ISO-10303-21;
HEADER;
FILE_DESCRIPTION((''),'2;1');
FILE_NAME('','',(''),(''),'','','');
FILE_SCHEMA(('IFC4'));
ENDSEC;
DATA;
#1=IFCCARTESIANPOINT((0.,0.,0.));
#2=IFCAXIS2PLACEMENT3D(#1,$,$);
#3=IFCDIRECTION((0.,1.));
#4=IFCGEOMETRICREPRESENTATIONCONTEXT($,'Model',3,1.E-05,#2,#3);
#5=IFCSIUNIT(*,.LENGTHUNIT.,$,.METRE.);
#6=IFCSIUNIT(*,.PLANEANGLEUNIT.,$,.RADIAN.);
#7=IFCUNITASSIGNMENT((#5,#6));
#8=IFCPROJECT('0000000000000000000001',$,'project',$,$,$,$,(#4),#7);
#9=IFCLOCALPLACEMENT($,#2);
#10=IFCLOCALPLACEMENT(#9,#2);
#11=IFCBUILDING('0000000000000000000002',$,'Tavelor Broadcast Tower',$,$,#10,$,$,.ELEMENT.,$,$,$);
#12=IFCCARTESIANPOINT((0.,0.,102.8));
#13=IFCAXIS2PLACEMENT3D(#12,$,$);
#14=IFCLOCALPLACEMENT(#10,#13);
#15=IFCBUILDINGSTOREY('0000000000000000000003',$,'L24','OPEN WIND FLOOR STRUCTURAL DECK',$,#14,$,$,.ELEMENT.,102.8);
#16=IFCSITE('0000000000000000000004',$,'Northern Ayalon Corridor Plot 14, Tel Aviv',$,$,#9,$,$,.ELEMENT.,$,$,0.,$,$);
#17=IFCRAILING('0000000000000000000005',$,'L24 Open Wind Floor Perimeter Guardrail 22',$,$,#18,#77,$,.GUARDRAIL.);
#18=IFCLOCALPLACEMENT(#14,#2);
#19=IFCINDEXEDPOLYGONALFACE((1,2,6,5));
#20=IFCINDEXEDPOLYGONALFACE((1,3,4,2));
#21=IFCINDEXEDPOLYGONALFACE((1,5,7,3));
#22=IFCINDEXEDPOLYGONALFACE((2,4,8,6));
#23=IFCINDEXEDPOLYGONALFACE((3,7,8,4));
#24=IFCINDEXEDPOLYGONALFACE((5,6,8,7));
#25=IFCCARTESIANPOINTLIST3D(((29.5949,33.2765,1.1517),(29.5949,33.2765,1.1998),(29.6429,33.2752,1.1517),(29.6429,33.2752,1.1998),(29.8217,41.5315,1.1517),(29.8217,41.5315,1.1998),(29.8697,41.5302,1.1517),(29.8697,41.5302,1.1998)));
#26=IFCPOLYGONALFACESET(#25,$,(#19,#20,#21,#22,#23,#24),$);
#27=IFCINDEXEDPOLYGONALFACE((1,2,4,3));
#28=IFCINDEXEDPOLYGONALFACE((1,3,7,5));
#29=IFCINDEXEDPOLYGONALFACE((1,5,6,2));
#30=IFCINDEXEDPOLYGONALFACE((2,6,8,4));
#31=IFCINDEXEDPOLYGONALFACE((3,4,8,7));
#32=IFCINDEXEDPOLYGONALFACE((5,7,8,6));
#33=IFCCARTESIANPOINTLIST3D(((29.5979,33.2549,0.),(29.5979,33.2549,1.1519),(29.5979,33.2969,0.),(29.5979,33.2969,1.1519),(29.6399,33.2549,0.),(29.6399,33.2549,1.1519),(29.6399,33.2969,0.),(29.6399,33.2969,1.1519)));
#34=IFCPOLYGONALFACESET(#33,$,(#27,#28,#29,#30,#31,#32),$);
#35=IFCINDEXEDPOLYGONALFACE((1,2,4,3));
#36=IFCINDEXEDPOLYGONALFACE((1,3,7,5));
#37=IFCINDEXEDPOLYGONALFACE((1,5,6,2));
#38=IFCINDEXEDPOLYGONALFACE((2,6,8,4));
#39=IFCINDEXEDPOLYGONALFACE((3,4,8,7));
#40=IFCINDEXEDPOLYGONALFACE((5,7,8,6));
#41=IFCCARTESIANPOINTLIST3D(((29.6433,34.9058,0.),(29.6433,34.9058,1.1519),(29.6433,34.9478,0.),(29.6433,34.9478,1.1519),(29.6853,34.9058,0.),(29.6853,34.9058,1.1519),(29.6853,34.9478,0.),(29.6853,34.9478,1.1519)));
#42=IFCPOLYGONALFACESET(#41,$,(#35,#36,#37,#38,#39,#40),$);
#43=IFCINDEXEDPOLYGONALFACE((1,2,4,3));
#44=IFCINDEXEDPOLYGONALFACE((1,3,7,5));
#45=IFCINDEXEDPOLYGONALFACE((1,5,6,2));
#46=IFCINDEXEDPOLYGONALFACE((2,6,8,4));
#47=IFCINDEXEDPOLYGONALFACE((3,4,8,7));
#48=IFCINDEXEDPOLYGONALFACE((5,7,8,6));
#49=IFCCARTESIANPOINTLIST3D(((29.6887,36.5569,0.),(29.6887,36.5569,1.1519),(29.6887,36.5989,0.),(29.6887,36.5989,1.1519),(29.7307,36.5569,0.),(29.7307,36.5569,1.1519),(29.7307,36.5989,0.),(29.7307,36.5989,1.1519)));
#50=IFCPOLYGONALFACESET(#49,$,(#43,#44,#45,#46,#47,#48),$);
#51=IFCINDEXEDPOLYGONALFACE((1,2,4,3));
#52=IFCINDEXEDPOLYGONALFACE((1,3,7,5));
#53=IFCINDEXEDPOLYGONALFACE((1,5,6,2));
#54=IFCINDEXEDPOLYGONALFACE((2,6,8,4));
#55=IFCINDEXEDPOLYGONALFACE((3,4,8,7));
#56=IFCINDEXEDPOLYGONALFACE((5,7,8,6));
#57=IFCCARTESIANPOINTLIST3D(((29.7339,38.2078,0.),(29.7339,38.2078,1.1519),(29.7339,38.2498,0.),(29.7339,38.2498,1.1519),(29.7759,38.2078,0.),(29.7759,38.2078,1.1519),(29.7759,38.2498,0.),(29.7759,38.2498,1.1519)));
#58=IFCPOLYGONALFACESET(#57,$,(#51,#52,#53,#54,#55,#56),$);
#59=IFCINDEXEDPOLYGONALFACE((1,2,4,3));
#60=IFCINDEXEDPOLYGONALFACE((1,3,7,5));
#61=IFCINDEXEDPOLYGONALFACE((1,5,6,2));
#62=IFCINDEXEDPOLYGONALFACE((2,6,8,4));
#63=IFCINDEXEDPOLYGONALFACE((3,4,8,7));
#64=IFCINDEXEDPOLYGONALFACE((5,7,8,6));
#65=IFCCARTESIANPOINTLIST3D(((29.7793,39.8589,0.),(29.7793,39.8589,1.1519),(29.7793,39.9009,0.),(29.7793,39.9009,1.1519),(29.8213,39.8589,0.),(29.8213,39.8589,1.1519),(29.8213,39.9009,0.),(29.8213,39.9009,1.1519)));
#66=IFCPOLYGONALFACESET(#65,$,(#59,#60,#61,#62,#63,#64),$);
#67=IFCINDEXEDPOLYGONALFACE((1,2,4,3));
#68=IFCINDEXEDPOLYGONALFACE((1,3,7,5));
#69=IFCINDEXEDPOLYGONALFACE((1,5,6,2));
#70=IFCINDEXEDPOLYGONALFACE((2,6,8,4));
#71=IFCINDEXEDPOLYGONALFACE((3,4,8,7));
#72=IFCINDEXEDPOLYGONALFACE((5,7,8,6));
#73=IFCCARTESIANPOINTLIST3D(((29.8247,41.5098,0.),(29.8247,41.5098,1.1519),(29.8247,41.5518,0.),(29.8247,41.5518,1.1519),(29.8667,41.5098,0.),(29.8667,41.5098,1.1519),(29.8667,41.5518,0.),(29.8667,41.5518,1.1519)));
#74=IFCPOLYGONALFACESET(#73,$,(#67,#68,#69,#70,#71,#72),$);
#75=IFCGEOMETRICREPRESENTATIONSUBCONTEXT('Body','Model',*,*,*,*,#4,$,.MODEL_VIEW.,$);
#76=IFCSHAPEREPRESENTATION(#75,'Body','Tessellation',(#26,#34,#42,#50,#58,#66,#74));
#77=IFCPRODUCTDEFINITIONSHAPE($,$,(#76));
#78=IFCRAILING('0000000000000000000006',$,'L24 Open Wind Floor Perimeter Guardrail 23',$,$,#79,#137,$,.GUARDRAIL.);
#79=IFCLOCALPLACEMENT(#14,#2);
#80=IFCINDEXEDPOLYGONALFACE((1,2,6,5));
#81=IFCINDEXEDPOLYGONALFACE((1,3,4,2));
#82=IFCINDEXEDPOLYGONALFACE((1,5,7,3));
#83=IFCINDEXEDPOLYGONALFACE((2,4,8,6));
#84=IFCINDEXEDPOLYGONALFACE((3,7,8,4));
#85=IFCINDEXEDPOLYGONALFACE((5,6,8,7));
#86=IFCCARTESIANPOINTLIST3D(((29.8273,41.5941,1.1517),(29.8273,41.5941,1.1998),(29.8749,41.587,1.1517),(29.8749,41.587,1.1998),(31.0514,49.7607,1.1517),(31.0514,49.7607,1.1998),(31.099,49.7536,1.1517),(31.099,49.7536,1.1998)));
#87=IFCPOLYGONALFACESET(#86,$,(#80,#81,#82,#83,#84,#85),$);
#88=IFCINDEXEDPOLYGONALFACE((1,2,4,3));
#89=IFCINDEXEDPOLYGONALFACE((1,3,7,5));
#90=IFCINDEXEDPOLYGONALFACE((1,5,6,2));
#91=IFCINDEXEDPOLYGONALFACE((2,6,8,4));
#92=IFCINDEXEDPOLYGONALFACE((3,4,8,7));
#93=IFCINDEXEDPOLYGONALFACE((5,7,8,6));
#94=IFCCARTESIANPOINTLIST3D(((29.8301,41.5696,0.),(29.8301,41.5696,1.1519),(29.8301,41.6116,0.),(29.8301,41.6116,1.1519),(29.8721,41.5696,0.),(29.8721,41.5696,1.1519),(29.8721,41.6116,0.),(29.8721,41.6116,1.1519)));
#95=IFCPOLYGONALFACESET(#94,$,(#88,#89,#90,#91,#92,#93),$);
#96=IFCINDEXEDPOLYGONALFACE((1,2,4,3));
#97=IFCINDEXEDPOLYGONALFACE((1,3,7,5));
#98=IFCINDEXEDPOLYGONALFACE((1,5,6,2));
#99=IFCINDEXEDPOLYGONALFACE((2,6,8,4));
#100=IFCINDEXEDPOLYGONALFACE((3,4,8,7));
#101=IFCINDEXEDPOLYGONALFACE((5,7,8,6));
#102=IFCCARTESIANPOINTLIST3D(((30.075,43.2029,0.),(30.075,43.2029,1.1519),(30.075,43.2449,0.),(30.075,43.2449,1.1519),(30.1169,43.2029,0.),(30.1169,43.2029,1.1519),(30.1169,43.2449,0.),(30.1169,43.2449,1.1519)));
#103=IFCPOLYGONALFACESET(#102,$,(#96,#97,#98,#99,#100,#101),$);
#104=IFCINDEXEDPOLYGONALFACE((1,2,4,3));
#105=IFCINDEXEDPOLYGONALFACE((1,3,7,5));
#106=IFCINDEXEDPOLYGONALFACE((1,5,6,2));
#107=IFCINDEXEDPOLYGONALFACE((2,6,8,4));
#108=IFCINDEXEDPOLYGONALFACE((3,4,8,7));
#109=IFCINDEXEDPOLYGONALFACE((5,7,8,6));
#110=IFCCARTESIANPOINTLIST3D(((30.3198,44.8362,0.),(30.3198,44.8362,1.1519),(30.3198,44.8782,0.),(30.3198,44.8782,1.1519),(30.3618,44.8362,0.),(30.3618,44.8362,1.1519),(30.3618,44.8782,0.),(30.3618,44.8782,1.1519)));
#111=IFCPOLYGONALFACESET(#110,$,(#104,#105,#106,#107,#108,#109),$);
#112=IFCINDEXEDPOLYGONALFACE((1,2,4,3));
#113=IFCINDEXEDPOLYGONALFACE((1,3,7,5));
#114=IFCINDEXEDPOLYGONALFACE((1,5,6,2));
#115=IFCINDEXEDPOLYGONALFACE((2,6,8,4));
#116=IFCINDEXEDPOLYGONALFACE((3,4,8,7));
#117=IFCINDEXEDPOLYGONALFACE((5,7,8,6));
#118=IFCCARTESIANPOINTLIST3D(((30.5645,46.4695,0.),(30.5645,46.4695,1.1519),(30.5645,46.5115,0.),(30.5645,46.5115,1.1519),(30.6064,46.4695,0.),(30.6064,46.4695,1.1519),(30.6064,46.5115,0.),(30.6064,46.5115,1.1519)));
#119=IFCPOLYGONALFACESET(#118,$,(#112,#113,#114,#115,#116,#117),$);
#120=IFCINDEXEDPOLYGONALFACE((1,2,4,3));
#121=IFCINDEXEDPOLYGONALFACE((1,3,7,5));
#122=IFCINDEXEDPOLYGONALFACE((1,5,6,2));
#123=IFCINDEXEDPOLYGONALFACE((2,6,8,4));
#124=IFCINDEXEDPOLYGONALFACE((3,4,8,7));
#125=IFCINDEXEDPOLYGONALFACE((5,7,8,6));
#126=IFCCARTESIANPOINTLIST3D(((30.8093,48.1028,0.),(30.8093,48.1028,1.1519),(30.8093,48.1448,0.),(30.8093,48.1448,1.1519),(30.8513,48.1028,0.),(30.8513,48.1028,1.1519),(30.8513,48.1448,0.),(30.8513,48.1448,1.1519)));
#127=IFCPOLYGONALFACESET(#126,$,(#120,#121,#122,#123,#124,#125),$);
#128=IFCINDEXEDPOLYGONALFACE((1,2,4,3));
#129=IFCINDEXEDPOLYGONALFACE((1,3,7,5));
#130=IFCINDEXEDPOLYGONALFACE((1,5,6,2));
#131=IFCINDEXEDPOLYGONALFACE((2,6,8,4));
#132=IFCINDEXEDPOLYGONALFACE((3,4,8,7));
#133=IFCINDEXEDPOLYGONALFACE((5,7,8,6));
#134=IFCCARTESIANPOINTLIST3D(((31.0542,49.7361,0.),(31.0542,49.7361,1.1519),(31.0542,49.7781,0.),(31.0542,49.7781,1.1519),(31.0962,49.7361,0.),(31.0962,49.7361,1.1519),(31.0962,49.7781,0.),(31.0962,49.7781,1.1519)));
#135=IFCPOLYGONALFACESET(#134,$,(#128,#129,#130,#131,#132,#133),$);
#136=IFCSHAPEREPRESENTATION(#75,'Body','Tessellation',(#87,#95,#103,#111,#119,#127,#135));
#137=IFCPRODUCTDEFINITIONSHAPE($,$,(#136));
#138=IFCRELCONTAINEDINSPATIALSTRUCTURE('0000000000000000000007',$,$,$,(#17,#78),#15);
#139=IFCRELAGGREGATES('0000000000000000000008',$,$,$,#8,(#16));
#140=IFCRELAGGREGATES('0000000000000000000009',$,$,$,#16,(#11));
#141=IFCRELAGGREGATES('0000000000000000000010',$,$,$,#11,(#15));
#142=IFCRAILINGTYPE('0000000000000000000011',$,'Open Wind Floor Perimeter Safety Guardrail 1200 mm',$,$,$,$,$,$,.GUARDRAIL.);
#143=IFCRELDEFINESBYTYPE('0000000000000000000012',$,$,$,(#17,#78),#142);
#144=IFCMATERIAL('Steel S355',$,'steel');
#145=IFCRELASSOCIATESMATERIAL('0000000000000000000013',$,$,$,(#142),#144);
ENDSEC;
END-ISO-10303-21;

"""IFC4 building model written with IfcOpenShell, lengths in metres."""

from ifc_helpers import new_model, si_unit, direction, frame, origin, origin_2d, place, context, subcontext, project, spatial, rectangle, extrude, material, type_object, element, save


model = new_model("IFC4")

# Units and contexts
model_context = context("Model", 3, precision=1e-05, world=origin(), true_north=direction((0.0, 1.0)))
body_context = subcontext(model_context, "Body", "Model", "MODEL_VIEW")
ifc_project = project(units=[si_unit("LENGTHUNIT", "METRE"), si_unit("PLANEANGLEUNIT", "RADIAN")], contexts=[model_context])

# Site, building, storey
site_placement = place(None, origin())
site = spatial("IfcSite", under=ifc_project, at=site_placement, Name="Northern Ayalon Corridor Plot 14, Tel Aviv", CompositionType="ELEMENT", RefElevation=0.0)
building_placement = place(site_placement, origin())
building = spatial("IfcBuilding", under=site, at=building_placement, Name="Tavelor Broadcast Tower", CompositionType="ELEMENT")
storey_placement = place(building_placement, frame((0.0, 0.0, 102.8)))
storey = spatial("IfcBuildingStorey", under=building, at=storey_placement, Name="L24", Description="OPEN WIND FLOOR STRUCTURAL DECK", CompositionType="ELEMENT", Elevation=102.8)

# Railings
ifc_material_1 = material(Name="Steel S355", Category="steel")
railing_type = type_object("IfcRailingType", Name="Open Wind Floor Perimeter Safety Guardrail 1200 mm", PredefinedType="GUARDRAIL", material=ifc_material_1)
railing_1_placement = place(storey_placement, frame((29.6189, 33.2759, 0.0)))
element("IfcRailing", 1, at=railing_1_placement, inside=storey, type_object=railing_type, Name="L24 Open Wind Floor Perimeter Guardrail 22", PredefinedType="GUARDRAIL", context=body_context, shape_type="SweptSolid", body=[
    extrude(rectangle(XDim=0.0481, YDim=0.0481, at=origin_2d()), frame((0.0, 0.0, 1.1758), z_axis=(0.027465, 0.999623, 0.0), x_axis=(-0.999623, 0.027465, 0.0)), (0.0, 0.0, 1.0), 8.2581),
    extrude(rectangle(XDim=0.042, YDim=0.042, at=origin_2d()), origin(), (0.0, 0.0, 1.0), 1.1519),
    extrude(rectangle(XDim=0.042, YDim=0.042, at=origin_2d()), frame((0.0454, 1.6509, 0.0)), (0.0, 0.0, 1.0), 1.1519),
    extrude(rectangle(XDim=0.042, YDim=0.042, at=origin_2d()), frame((0.0908, 3.302, 0.0)), (0.0, 0.0, 1.0), 1.1519),
    extrude(rectangle(XDim=0.042, YDim=0.042, at=origin_2d()), frame((0.136, 4.9529, 0.0)), (0.0, 0.0, 1.0), 1.1519),
    extrude(rectangle(XDim=0.042, YDim=0.042, at=origin_2d()), frame((0.1814, 6.604, 0.0)), (0.0, 0.0, 1.0), 1.1519),
    extrude(rectangle(XDim=0.042, YDim=0.042, at=origin_2d()), frame((0.2268, 8.2549, 0.0)), (0.0, 0.0, 1.0), 1.1519),
])
railing_2_placement = place(storey_placement, frame((29.8511, 41.5906, 0.0)))
element("IfcRailing", 2, at=railing_2_placement, inside=storey, type_object=railing_type, Name="L24 Open Wind Floor Perimeter Guardrail 23", PredefinedType="GUARDRAIL", context=body_context, shape_type="SweptSolid", body=[
    extrude(rectangle(XDim=0.0481, YDim=0.0481, at=origin_2d()), frame((0.0, 0.0, 1.1758), z_axis=(0.148239, 0.988952, 0.0), x_axis=(-0.988952, 0.148239, 0.0)), (0.0, 0.0, 1.0), 8.2578),
    extrude(rectangle(XDim=0.042, YDim=0.042, at=origin_2d()), origin(), (0.0, 0.0, 1.0), 1.1519),
    extrude(rectangle(XDim=0.042, YDim=0.042, at=origin_2d()), frame((0.2449, 1.6333, 0.0)), (0.0, 0.0, 1.0), 1.1519),
    extrude(rectangle(XDim=0.042, YDim=0.042, at=origin_2d()), frame((0.4897, 3.2666, 0.0)), (0.0, 0.0, 1.0), 1.1519),
    extrude(rectangle(XDim=0.042, YDim=0.042, at=origin_2d()), frame((0.7344, 4.8999, 0.0)), (0.0, 0.0, 1.0), 1.1519),
    extrude(rectangle(XDim=0.042, YDim=0.042, at=origin_2d()), frame((0.9792, 6.5332, 0.0)), (0.0, 0.0, 1.0), 1.1519),
    extrude(rectangle(XDim=0.042, YDim=0.042, at=origin_2d()), frame((1.2241, 8.1665, 0.0)), (0.0, 0.0, 1.0), 1.1519),
])

save(model, "model.ifc")
